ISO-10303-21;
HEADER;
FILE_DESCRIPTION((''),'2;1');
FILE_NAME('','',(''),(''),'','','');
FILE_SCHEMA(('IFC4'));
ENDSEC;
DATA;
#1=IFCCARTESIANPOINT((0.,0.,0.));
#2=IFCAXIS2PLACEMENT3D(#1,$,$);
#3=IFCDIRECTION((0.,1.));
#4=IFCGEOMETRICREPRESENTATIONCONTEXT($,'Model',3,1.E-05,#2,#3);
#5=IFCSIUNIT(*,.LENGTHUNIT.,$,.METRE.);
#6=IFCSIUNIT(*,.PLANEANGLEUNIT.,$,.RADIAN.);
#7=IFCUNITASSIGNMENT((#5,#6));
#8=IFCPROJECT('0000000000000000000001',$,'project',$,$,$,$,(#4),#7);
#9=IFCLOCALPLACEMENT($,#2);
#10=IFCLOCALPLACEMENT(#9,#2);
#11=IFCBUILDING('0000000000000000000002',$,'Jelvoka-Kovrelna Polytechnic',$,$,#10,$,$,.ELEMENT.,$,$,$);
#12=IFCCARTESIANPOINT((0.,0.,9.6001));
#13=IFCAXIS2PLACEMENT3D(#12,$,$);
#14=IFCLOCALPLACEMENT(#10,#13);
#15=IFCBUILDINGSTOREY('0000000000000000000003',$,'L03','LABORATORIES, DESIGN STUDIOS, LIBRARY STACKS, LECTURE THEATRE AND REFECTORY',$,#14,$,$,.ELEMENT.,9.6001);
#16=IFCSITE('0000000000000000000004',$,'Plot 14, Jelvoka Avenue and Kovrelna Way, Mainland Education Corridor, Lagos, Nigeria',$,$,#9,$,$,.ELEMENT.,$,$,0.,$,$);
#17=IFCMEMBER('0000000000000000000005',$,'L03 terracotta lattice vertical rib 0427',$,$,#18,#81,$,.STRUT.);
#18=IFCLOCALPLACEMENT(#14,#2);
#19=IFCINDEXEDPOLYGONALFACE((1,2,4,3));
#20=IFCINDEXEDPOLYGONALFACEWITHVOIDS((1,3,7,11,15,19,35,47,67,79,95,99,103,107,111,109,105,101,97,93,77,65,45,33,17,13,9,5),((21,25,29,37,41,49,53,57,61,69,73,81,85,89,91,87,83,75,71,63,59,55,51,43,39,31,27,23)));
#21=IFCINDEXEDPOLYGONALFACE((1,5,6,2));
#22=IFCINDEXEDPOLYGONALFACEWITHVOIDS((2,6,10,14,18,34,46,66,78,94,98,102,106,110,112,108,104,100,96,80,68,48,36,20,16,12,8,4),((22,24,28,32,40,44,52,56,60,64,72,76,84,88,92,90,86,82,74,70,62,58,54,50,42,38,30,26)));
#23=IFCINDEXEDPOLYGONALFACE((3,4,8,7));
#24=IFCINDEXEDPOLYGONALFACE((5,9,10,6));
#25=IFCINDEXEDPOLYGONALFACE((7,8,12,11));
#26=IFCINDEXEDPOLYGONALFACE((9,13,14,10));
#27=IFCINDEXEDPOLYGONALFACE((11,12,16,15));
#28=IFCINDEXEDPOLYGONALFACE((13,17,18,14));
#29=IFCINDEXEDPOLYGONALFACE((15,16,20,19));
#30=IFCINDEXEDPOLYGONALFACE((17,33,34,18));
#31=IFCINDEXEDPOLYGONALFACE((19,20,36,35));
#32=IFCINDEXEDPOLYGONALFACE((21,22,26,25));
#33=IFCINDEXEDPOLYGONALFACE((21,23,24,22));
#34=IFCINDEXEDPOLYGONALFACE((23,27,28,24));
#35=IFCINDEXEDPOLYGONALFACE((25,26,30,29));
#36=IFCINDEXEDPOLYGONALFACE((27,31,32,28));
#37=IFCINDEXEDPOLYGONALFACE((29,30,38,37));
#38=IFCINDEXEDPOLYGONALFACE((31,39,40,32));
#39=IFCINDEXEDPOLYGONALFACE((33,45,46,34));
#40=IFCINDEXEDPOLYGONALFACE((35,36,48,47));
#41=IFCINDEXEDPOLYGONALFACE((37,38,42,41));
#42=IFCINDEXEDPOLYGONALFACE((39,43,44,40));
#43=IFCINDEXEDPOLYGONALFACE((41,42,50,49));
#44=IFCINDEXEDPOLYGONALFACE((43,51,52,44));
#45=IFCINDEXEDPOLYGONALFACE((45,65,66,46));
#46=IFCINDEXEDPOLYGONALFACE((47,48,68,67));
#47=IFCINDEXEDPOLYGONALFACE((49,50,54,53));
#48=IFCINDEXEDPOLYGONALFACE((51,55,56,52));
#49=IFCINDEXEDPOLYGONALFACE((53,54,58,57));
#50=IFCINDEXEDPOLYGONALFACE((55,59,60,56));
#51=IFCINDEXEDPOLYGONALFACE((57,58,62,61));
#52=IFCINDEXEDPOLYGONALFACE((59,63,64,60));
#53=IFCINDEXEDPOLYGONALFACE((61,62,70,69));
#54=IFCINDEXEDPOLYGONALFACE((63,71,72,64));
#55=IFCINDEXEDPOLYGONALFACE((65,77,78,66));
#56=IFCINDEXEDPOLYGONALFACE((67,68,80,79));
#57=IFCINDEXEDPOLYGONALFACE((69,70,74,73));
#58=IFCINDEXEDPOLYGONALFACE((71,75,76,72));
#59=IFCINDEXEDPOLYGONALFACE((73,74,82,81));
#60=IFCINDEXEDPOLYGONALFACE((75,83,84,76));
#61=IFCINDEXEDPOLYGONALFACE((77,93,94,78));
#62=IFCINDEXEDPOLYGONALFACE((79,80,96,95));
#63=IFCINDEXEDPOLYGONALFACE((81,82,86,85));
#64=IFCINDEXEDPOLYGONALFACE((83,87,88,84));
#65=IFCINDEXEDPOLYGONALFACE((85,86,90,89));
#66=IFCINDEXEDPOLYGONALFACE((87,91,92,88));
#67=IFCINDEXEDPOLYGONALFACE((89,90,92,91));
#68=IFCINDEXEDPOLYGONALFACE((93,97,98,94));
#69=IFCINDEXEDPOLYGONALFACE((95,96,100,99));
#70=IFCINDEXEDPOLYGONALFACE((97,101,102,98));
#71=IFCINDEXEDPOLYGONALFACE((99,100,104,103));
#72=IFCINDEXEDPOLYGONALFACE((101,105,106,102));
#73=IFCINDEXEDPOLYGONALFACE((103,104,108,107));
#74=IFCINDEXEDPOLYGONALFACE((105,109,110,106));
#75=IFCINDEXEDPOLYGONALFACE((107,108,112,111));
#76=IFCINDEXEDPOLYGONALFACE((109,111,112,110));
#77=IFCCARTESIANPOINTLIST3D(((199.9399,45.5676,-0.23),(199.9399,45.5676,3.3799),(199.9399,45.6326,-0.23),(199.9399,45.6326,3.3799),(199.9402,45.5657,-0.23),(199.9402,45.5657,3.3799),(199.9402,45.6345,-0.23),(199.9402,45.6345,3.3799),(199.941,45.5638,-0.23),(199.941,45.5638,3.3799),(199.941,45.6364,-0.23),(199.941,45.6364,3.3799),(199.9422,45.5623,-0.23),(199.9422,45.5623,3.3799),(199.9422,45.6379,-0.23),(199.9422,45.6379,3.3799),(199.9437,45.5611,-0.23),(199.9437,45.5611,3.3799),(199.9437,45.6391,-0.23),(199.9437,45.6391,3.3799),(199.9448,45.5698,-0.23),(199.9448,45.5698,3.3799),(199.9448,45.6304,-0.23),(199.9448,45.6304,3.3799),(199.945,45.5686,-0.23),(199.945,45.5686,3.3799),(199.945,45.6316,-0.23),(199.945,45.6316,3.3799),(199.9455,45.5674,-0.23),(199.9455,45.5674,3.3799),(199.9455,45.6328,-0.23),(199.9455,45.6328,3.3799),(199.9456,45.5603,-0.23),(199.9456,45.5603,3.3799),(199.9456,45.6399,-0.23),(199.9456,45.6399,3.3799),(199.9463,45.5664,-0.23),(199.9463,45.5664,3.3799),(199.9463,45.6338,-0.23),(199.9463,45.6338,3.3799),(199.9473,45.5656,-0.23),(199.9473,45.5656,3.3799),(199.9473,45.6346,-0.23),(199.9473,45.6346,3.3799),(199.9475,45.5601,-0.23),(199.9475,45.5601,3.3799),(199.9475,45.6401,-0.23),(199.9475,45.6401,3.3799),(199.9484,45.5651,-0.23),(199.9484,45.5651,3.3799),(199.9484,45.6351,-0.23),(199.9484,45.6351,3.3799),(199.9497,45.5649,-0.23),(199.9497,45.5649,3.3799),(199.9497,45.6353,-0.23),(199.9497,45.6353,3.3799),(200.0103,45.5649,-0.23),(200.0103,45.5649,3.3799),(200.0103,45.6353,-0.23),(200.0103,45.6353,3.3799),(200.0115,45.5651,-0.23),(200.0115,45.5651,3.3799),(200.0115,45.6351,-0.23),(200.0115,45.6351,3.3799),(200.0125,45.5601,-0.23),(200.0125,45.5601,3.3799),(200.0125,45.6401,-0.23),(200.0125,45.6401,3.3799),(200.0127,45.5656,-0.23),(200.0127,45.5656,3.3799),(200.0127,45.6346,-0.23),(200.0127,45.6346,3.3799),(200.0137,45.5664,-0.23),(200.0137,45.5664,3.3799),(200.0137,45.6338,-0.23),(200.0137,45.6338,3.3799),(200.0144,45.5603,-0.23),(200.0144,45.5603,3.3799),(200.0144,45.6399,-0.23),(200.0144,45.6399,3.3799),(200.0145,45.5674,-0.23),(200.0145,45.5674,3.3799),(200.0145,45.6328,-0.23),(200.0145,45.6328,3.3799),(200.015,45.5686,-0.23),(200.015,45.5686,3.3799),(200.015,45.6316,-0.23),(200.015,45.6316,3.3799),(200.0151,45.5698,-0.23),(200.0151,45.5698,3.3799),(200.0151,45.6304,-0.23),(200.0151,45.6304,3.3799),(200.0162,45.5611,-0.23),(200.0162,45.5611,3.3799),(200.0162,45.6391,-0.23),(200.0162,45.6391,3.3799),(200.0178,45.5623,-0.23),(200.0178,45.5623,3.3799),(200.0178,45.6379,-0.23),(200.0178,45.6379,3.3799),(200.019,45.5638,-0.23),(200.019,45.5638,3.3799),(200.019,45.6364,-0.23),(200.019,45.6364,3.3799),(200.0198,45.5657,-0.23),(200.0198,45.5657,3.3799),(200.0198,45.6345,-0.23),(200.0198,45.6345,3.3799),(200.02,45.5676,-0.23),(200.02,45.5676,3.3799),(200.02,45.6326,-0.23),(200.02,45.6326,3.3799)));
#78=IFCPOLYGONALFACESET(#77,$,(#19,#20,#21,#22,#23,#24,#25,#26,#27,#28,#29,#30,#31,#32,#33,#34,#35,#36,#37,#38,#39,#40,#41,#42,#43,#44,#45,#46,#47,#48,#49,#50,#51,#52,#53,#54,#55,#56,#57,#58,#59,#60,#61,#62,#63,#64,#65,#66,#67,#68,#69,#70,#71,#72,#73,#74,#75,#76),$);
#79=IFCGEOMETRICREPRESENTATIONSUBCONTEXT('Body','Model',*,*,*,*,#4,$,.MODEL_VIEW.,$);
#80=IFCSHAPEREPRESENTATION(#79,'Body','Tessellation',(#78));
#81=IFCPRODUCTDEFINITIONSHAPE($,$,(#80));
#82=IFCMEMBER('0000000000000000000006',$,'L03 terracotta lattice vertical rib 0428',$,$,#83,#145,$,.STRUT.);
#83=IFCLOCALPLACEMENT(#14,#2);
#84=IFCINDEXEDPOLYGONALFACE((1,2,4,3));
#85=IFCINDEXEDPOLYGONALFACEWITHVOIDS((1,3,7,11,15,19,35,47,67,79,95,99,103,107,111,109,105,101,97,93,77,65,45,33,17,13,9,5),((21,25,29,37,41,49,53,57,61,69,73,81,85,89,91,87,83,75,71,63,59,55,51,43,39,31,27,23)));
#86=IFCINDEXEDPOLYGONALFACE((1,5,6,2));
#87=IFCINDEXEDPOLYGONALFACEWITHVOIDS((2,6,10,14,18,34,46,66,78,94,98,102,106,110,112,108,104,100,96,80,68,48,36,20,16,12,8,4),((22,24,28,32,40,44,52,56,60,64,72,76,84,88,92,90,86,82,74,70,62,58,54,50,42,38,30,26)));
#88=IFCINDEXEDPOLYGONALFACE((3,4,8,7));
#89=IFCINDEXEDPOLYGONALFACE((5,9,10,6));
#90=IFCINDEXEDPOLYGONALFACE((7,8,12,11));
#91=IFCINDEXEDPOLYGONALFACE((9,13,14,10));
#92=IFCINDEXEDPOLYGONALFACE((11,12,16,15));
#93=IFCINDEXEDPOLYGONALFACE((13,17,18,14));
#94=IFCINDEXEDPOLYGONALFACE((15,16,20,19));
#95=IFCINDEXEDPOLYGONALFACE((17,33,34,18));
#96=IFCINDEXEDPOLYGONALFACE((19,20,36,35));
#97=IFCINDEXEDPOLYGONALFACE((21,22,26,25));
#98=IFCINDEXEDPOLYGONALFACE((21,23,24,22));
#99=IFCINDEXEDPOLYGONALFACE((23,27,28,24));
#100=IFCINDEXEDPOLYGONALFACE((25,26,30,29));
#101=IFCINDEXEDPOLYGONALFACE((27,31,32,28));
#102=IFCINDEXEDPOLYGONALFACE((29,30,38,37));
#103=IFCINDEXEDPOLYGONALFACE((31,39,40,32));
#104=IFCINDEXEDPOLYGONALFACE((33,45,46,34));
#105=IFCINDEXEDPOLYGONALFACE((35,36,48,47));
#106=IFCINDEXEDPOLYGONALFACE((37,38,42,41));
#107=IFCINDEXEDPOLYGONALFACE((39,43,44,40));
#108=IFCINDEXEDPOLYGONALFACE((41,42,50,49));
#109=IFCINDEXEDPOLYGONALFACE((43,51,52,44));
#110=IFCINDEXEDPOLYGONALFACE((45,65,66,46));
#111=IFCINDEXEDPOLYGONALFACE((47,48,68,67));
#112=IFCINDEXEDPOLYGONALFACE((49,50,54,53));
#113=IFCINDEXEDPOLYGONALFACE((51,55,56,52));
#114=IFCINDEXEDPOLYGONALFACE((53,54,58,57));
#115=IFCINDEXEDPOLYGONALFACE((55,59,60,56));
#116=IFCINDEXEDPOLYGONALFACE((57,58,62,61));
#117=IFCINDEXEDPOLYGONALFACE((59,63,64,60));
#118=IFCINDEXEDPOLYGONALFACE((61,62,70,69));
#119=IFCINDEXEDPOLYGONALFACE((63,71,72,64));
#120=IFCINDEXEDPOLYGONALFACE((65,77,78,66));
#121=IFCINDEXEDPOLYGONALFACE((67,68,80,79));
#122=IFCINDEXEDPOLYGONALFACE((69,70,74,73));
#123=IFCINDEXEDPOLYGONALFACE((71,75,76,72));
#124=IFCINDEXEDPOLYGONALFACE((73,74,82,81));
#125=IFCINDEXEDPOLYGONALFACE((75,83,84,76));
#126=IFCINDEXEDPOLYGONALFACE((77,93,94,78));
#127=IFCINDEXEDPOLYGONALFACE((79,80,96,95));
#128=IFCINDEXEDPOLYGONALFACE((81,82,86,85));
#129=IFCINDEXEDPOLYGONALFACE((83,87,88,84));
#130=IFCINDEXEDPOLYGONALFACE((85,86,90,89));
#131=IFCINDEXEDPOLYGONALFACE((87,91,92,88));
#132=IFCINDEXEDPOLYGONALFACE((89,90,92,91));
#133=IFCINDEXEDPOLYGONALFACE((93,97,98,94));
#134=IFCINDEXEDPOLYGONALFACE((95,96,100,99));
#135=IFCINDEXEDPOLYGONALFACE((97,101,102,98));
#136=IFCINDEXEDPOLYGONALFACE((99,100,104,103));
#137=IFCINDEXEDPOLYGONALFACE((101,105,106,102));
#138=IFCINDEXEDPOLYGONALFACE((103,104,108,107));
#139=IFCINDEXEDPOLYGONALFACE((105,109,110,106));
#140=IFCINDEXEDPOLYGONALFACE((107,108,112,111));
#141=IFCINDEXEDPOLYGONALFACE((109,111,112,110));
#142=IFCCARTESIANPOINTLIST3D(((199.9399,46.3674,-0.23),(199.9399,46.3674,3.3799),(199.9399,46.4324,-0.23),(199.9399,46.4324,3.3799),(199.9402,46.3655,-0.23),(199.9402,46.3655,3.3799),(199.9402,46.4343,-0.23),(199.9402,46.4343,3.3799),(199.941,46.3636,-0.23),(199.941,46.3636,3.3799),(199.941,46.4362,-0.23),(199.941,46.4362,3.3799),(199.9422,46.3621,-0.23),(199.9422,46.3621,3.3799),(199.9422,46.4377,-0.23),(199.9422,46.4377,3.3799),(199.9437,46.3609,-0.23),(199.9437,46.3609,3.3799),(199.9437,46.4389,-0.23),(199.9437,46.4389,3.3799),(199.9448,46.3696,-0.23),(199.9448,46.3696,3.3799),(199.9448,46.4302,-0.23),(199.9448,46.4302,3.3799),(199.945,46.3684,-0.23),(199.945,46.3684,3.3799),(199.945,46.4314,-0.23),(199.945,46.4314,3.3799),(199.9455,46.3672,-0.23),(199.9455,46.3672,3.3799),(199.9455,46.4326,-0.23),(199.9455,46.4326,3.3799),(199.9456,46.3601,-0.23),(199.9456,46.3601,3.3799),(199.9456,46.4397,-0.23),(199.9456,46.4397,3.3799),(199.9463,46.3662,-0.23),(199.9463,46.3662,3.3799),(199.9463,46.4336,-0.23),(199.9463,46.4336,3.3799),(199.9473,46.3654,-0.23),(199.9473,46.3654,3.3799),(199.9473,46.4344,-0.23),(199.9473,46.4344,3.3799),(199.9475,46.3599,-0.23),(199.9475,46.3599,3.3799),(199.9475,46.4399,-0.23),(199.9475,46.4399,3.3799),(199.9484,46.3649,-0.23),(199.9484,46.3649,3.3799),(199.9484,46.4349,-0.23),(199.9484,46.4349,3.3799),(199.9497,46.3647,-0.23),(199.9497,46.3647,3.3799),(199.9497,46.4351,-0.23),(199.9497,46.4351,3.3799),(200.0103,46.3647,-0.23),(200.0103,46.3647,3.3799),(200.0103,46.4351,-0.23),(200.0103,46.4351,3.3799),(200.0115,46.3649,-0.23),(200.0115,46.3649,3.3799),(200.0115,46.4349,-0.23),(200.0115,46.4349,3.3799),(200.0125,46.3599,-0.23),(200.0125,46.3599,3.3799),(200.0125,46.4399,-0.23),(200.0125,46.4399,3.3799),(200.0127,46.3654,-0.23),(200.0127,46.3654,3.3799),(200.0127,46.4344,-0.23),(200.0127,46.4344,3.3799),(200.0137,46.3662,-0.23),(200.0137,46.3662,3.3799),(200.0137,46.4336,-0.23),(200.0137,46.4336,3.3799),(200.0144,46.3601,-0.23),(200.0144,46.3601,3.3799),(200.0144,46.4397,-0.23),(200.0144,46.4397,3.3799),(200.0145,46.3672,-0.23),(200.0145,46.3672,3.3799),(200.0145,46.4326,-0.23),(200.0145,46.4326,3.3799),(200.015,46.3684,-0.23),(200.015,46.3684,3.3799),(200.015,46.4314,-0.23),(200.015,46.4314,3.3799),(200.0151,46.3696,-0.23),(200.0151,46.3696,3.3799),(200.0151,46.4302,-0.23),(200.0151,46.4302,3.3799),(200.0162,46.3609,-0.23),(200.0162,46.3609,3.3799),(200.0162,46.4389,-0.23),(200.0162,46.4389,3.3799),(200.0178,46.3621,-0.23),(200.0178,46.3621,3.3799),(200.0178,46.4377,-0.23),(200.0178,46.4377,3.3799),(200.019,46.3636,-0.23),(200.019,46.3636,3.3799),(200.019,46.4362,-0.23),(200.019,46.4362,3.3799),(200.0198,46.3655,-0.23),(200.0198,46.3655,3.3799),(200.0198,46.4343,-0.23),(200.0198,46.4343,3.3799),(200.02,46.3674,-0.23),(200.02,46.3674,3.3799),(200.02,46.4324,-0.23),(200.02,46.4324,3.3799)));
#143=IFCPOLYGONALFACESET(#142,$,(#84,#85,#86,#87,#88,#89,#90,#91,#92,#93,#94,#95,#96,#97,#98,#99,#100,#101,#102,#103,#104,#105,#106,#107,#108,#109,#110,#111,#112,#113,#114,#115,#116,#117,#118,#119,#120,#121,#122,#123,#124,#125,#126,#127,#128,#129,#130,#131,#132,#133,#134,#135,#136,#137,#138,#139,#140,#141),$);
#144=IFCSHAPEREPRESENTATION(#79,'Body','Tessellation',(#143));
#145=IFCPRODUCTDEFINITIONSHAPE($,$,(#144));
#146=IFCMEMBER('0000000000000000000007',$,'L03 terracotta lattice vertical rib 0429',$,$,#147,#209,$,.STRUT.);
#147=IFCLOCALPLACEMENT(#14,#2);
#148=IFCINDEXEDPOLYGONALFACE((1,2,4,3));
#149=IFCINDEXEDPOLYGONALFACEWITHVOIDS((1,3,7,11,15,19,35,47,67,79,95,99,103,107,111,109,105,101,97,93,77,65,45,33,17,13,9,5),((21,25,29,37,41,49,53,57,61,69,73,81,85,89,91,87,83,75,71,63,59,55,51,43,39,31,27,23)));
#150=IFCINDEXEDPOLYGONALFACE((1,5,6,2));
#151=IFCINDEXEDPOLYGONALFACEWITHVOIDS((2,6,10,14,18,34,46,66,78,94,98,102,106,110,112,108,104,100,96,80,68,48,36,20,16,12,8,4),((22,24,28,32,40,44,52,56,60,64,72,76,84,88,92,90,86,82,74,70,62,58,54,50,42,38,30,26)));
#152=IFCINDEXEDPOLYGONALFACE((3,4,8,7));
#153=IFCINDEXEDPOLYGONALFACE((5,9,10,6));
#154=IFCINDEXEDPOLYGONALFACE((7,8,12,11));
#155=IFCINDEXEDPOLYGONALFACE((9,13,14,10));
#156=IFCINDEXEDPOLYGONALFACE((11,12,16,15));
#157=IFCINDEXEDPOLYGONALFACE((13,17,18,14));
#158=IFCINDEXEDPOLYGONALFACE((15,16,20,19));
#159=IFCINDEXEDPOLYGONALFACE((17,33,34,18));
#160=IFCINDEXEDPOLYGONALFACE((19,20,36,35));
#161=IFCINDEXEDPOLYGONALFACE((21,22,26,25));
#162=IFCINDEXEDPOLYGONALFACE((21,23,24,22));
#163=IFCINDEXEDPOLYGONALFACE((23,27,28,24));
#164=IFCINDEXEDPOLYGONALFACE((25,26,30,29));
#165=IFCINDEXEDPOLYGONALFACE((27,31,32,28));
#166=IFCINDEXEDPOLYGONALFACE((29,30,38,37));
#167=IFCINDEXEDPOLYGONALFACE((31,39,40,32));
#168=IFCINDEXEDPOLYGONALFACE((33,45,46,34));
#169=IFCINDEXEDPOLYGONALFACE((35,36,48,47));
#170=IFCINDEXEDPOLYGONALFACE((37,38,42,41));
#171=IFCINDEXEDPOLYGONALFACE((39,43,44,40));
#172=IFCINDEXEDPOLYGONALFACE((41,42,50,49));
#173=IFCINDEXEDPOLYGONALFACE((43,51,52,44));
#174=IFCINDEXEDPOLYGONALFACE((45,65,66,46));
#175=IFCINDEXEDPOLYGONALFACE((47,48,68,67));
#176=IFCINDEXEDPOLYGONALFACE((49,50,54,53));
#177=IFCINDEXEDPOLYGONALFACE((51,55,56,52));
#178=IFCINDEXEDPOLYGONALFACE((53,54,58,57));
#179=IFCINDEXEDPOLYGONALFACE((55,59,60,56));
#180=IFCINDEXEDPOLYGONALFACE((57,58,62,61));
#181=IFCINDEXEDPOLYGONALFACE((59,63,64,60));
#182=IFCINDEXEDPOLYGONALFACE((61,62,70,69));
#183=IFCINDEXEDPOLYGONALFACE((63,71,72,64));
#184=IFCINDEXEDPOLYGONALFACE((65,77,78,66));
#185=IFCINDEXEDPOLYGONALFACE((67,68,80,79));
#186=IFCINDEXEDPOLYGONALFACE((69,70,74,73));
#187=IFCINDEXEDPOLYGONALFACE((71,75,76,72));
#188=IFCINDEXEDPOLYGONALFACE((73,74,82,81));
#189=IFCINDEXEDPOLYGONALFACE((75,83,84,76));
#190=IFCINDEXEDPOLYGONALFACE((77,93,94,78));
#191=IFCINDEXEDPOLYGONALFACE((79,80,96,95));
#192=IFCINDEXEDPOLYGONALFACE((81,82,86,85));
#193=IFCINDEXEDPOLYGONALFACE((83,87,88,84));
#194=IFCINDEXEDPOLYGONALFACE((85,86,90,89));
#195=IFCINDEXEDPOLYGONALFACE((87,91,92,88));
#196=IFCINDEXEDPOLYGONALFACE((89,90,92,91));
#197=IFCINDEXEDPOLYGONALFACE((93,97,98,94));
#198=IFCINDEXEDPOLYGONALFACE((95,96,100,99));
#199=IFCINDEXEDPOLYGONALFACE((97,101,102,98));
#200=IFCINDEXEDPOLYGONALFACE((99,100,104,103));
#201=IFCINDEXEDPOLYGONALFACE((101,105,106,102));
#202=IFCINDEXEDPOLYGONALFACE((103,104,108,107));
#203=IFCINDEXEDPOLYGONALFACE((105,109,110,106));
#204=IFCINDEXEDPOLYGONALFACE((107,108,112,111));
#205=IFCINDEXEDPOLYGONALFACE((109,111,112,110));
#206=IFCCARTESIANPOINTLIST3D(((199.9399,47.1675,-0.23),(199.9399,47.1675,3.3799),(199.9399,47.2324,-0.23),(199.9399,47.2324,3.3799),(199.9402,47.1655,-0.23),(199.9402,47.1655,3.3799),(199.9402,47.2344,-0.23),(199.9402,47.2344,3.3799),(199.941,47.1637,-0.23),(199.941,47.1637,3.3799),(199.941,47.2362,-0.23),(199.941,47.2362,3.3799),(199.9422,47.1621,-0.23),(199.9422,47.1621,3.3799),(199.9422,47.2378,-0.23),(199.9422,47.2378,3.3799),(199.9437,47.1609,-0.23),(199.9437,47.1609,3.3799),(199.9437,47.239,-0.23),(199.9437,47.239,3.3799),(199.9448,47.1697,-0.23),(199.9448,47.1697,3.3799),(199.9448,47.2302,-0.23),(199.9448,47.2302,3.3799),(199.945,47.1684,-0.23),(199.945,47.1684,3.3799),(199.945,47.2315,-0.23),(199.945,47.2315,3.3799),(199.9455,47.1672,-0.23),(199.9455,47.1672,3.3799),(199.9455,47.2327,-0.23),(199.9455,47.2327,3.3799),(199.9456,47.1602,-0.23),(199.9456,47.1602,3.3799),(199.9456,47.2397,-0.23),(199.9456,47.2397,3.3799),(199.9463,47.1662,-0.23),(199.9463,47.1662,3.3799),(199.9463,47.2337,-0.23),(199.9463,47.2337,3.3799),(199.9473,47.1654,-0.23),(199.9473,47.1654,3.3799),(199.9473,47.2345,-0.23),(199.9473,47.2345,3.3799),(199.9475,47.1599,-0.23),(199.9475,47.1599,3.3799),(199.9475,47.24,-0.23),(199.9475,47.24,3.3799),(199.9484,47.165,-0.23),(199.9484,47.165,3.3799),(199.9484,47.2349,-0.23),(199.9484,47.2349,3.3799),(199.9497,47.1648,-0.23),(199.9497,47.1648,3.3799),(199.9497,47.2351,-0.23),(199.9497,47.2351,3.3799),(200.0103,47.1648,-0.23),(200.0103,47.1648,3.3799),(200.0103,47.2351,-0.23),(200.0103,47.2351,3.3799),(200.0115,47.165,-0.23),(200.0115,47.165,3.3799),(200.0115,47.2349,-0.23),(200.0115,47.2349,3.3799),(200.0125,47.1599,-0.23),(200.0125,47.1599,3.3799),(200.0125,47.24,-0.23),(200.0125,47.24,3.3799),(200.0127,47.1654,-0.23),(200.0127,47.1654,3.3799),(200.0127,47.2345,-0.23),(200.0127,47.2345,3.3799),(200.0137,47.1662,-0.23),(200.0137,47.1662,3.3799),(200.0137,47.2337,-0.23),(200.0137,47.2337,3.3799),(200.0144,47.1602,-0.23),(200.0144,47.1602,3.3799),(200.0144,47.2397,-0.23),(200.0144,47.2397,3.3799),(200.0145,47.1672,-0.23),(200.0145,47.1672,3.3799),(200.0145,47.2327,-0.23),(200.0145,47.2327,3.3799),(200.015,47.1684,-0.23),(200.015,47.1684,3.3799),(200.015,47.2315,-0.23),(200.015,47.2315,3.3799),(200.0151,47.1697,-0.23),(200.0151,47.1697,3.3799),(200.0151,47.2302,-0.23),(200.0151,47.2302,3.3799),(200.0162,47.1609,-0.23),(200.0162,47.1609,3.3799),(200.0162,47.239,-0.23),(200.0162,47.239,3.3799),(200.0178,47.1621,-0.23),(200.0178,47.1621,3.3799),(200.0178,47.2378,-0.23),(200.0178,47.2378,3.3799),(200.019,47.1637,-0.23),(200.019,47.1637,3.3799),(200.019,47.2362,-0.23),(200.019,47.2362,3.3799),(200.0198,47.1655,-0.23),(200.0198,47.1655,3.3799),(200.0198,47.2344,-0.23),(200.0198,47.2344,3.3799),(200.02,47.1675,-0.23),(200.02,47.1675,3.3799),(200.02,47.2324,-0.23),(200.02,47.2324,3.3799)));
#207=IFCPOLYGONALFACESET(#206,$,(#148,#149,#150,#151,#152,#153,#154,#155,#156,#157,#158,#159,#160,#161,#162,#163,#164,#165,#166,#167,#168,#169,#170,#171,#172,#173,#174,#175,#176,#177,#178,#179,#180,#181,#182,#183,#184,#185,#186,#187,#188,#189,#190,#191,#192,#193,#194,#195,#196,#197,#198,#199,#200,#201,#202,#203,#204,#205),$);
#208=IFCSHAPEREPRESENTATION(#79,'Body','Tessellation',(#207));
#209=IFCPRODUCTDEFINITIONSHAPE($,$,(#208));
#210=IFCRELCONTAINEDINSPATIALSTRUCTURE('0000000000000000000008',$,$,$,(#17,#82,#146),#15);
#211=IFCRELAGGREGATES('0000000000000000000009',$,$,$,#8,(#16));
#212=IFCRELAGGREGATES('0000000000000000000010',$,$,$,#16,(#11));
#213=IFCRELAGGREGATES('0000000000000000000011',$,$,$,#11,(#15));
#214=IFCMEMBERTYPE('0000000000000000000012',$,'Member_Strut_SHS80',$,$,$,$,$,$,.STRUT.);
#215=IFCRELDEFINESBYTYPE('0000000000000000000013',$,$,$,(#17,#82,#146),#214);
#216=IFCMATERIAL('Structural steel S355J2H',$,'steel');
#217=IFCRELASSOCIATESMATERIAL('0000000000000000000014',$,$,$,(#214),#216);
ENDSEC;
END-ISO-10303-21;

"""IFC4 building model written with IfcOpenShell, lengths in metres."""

from ifc_helpers import new_model, si_unit, direction, frame, origin, origin_2d, place, context, subcontext, project, spatial, hollow_rectangle, extrude, material, material_profile, profile_set, type_object, element, save


model = new_model("IFC4")

# Units and contexts
model_context = context("Model", 3, precision=1e-05, world=origin(), true_north=direction((0.0, 1.0)))
body_context = subcontext(model_context, "Body", "Model", "MODEL_VIEW")
ifc_project = project(units=[si_unit("LENGTHUNIT", "METRE"), si_unit("PLANEANGLEUNIT", "RADIAN")], contexts=[model_context])

# Site, building, storey
site_placement = place(None, origin())
site = spatial("IfcSite", under=ifc_project, at=site_placement, Name="Plot 14, Jelvoka Avenue and Kovrelna Way, Mainland Education Corridor, Lagos, Nigeria", CompositionType="ELEMENT", RefElevation=0.0)
building_placement = place(site_placement, origin())
building = spatial("IfcBuilding", under=site, at=building_placement, Name="Jelvoka-Kovrelna Polytechnic", CompositionType="ELEMENT")
storey_placement = place(building_placement, frame((0.0, 0.0, 9.6001)))
storey = spatial("IfcBuildingStorey", under=building, at=storey_placement, Name="L03", Description="LABORATORIES, DESIGN STUDIOS, LIBRARY STACKS, LECTURE THEATRE AND REFECTORY", CompositionType="ELEMENT", Elevation=9.6001)

# Members
ifc_material_1 = material(Name="Structural steel S355J2H", Category="steel")
ifc_material_profile_1 = material_profile(ifc_material_1, hollow_rectangle(XDim=0.0801, YDim=0.0801, WallThickness=0.0049, InnerFilletRadius=0.0049, OuterFilletRadius=0.0076, at=origin_2d()), Name="80x80x5.0 SHS")
ifc_profile_set_1 = profile_set([ifc_material_profile_1], Name="Structural steel S355J2H")
member_type = type_object("IfcMemberType", Name="Member_Strut_SHS80", PredefinedType="STRUT", material=ifc_profile_set_1)
for number, where, z_axis, x_axis, name in (
    (1, (199.98, 45.6001, -0.23), (0.0, 0.0, 1.0), (1.0, 0.0, 0.0), "L03 terracotta lattice vertical rib 0427"),
    (2, (199.98, 46.3999, -0.23), (0.0, 0.0, 1.0), (1.0, 0.0, 0.0), "L03 terracotta lattice vertical rib 0428"),
    (3, (199.98, 47.2, -0.23), (0.0, 0.0, 1.0), (1.0, 0.0, 0.0), "L03 terracotta lattice vertical rib 0429"),
):
    element("IfcMember", number, at=place(storey_placement, frame(where, z_axis=z_axis, x_axis=x_axis)), inside=storey, type_object=member_type, Name=name, PredefinedType="STRUT", context=body_context, shape_type="SweptSolid", body=[
        extrude(hollow_rectangle(XDim=0.0801, YDim=0.0801, WallThickness=0.0049, InnerFilletRadius=0.0049, OuterFilletRadius=0.0076, at=origin_2d()), origin(), (0.0, 0.0, 1.0), 3.6099),
    ])

save(model, "model.ifc")
